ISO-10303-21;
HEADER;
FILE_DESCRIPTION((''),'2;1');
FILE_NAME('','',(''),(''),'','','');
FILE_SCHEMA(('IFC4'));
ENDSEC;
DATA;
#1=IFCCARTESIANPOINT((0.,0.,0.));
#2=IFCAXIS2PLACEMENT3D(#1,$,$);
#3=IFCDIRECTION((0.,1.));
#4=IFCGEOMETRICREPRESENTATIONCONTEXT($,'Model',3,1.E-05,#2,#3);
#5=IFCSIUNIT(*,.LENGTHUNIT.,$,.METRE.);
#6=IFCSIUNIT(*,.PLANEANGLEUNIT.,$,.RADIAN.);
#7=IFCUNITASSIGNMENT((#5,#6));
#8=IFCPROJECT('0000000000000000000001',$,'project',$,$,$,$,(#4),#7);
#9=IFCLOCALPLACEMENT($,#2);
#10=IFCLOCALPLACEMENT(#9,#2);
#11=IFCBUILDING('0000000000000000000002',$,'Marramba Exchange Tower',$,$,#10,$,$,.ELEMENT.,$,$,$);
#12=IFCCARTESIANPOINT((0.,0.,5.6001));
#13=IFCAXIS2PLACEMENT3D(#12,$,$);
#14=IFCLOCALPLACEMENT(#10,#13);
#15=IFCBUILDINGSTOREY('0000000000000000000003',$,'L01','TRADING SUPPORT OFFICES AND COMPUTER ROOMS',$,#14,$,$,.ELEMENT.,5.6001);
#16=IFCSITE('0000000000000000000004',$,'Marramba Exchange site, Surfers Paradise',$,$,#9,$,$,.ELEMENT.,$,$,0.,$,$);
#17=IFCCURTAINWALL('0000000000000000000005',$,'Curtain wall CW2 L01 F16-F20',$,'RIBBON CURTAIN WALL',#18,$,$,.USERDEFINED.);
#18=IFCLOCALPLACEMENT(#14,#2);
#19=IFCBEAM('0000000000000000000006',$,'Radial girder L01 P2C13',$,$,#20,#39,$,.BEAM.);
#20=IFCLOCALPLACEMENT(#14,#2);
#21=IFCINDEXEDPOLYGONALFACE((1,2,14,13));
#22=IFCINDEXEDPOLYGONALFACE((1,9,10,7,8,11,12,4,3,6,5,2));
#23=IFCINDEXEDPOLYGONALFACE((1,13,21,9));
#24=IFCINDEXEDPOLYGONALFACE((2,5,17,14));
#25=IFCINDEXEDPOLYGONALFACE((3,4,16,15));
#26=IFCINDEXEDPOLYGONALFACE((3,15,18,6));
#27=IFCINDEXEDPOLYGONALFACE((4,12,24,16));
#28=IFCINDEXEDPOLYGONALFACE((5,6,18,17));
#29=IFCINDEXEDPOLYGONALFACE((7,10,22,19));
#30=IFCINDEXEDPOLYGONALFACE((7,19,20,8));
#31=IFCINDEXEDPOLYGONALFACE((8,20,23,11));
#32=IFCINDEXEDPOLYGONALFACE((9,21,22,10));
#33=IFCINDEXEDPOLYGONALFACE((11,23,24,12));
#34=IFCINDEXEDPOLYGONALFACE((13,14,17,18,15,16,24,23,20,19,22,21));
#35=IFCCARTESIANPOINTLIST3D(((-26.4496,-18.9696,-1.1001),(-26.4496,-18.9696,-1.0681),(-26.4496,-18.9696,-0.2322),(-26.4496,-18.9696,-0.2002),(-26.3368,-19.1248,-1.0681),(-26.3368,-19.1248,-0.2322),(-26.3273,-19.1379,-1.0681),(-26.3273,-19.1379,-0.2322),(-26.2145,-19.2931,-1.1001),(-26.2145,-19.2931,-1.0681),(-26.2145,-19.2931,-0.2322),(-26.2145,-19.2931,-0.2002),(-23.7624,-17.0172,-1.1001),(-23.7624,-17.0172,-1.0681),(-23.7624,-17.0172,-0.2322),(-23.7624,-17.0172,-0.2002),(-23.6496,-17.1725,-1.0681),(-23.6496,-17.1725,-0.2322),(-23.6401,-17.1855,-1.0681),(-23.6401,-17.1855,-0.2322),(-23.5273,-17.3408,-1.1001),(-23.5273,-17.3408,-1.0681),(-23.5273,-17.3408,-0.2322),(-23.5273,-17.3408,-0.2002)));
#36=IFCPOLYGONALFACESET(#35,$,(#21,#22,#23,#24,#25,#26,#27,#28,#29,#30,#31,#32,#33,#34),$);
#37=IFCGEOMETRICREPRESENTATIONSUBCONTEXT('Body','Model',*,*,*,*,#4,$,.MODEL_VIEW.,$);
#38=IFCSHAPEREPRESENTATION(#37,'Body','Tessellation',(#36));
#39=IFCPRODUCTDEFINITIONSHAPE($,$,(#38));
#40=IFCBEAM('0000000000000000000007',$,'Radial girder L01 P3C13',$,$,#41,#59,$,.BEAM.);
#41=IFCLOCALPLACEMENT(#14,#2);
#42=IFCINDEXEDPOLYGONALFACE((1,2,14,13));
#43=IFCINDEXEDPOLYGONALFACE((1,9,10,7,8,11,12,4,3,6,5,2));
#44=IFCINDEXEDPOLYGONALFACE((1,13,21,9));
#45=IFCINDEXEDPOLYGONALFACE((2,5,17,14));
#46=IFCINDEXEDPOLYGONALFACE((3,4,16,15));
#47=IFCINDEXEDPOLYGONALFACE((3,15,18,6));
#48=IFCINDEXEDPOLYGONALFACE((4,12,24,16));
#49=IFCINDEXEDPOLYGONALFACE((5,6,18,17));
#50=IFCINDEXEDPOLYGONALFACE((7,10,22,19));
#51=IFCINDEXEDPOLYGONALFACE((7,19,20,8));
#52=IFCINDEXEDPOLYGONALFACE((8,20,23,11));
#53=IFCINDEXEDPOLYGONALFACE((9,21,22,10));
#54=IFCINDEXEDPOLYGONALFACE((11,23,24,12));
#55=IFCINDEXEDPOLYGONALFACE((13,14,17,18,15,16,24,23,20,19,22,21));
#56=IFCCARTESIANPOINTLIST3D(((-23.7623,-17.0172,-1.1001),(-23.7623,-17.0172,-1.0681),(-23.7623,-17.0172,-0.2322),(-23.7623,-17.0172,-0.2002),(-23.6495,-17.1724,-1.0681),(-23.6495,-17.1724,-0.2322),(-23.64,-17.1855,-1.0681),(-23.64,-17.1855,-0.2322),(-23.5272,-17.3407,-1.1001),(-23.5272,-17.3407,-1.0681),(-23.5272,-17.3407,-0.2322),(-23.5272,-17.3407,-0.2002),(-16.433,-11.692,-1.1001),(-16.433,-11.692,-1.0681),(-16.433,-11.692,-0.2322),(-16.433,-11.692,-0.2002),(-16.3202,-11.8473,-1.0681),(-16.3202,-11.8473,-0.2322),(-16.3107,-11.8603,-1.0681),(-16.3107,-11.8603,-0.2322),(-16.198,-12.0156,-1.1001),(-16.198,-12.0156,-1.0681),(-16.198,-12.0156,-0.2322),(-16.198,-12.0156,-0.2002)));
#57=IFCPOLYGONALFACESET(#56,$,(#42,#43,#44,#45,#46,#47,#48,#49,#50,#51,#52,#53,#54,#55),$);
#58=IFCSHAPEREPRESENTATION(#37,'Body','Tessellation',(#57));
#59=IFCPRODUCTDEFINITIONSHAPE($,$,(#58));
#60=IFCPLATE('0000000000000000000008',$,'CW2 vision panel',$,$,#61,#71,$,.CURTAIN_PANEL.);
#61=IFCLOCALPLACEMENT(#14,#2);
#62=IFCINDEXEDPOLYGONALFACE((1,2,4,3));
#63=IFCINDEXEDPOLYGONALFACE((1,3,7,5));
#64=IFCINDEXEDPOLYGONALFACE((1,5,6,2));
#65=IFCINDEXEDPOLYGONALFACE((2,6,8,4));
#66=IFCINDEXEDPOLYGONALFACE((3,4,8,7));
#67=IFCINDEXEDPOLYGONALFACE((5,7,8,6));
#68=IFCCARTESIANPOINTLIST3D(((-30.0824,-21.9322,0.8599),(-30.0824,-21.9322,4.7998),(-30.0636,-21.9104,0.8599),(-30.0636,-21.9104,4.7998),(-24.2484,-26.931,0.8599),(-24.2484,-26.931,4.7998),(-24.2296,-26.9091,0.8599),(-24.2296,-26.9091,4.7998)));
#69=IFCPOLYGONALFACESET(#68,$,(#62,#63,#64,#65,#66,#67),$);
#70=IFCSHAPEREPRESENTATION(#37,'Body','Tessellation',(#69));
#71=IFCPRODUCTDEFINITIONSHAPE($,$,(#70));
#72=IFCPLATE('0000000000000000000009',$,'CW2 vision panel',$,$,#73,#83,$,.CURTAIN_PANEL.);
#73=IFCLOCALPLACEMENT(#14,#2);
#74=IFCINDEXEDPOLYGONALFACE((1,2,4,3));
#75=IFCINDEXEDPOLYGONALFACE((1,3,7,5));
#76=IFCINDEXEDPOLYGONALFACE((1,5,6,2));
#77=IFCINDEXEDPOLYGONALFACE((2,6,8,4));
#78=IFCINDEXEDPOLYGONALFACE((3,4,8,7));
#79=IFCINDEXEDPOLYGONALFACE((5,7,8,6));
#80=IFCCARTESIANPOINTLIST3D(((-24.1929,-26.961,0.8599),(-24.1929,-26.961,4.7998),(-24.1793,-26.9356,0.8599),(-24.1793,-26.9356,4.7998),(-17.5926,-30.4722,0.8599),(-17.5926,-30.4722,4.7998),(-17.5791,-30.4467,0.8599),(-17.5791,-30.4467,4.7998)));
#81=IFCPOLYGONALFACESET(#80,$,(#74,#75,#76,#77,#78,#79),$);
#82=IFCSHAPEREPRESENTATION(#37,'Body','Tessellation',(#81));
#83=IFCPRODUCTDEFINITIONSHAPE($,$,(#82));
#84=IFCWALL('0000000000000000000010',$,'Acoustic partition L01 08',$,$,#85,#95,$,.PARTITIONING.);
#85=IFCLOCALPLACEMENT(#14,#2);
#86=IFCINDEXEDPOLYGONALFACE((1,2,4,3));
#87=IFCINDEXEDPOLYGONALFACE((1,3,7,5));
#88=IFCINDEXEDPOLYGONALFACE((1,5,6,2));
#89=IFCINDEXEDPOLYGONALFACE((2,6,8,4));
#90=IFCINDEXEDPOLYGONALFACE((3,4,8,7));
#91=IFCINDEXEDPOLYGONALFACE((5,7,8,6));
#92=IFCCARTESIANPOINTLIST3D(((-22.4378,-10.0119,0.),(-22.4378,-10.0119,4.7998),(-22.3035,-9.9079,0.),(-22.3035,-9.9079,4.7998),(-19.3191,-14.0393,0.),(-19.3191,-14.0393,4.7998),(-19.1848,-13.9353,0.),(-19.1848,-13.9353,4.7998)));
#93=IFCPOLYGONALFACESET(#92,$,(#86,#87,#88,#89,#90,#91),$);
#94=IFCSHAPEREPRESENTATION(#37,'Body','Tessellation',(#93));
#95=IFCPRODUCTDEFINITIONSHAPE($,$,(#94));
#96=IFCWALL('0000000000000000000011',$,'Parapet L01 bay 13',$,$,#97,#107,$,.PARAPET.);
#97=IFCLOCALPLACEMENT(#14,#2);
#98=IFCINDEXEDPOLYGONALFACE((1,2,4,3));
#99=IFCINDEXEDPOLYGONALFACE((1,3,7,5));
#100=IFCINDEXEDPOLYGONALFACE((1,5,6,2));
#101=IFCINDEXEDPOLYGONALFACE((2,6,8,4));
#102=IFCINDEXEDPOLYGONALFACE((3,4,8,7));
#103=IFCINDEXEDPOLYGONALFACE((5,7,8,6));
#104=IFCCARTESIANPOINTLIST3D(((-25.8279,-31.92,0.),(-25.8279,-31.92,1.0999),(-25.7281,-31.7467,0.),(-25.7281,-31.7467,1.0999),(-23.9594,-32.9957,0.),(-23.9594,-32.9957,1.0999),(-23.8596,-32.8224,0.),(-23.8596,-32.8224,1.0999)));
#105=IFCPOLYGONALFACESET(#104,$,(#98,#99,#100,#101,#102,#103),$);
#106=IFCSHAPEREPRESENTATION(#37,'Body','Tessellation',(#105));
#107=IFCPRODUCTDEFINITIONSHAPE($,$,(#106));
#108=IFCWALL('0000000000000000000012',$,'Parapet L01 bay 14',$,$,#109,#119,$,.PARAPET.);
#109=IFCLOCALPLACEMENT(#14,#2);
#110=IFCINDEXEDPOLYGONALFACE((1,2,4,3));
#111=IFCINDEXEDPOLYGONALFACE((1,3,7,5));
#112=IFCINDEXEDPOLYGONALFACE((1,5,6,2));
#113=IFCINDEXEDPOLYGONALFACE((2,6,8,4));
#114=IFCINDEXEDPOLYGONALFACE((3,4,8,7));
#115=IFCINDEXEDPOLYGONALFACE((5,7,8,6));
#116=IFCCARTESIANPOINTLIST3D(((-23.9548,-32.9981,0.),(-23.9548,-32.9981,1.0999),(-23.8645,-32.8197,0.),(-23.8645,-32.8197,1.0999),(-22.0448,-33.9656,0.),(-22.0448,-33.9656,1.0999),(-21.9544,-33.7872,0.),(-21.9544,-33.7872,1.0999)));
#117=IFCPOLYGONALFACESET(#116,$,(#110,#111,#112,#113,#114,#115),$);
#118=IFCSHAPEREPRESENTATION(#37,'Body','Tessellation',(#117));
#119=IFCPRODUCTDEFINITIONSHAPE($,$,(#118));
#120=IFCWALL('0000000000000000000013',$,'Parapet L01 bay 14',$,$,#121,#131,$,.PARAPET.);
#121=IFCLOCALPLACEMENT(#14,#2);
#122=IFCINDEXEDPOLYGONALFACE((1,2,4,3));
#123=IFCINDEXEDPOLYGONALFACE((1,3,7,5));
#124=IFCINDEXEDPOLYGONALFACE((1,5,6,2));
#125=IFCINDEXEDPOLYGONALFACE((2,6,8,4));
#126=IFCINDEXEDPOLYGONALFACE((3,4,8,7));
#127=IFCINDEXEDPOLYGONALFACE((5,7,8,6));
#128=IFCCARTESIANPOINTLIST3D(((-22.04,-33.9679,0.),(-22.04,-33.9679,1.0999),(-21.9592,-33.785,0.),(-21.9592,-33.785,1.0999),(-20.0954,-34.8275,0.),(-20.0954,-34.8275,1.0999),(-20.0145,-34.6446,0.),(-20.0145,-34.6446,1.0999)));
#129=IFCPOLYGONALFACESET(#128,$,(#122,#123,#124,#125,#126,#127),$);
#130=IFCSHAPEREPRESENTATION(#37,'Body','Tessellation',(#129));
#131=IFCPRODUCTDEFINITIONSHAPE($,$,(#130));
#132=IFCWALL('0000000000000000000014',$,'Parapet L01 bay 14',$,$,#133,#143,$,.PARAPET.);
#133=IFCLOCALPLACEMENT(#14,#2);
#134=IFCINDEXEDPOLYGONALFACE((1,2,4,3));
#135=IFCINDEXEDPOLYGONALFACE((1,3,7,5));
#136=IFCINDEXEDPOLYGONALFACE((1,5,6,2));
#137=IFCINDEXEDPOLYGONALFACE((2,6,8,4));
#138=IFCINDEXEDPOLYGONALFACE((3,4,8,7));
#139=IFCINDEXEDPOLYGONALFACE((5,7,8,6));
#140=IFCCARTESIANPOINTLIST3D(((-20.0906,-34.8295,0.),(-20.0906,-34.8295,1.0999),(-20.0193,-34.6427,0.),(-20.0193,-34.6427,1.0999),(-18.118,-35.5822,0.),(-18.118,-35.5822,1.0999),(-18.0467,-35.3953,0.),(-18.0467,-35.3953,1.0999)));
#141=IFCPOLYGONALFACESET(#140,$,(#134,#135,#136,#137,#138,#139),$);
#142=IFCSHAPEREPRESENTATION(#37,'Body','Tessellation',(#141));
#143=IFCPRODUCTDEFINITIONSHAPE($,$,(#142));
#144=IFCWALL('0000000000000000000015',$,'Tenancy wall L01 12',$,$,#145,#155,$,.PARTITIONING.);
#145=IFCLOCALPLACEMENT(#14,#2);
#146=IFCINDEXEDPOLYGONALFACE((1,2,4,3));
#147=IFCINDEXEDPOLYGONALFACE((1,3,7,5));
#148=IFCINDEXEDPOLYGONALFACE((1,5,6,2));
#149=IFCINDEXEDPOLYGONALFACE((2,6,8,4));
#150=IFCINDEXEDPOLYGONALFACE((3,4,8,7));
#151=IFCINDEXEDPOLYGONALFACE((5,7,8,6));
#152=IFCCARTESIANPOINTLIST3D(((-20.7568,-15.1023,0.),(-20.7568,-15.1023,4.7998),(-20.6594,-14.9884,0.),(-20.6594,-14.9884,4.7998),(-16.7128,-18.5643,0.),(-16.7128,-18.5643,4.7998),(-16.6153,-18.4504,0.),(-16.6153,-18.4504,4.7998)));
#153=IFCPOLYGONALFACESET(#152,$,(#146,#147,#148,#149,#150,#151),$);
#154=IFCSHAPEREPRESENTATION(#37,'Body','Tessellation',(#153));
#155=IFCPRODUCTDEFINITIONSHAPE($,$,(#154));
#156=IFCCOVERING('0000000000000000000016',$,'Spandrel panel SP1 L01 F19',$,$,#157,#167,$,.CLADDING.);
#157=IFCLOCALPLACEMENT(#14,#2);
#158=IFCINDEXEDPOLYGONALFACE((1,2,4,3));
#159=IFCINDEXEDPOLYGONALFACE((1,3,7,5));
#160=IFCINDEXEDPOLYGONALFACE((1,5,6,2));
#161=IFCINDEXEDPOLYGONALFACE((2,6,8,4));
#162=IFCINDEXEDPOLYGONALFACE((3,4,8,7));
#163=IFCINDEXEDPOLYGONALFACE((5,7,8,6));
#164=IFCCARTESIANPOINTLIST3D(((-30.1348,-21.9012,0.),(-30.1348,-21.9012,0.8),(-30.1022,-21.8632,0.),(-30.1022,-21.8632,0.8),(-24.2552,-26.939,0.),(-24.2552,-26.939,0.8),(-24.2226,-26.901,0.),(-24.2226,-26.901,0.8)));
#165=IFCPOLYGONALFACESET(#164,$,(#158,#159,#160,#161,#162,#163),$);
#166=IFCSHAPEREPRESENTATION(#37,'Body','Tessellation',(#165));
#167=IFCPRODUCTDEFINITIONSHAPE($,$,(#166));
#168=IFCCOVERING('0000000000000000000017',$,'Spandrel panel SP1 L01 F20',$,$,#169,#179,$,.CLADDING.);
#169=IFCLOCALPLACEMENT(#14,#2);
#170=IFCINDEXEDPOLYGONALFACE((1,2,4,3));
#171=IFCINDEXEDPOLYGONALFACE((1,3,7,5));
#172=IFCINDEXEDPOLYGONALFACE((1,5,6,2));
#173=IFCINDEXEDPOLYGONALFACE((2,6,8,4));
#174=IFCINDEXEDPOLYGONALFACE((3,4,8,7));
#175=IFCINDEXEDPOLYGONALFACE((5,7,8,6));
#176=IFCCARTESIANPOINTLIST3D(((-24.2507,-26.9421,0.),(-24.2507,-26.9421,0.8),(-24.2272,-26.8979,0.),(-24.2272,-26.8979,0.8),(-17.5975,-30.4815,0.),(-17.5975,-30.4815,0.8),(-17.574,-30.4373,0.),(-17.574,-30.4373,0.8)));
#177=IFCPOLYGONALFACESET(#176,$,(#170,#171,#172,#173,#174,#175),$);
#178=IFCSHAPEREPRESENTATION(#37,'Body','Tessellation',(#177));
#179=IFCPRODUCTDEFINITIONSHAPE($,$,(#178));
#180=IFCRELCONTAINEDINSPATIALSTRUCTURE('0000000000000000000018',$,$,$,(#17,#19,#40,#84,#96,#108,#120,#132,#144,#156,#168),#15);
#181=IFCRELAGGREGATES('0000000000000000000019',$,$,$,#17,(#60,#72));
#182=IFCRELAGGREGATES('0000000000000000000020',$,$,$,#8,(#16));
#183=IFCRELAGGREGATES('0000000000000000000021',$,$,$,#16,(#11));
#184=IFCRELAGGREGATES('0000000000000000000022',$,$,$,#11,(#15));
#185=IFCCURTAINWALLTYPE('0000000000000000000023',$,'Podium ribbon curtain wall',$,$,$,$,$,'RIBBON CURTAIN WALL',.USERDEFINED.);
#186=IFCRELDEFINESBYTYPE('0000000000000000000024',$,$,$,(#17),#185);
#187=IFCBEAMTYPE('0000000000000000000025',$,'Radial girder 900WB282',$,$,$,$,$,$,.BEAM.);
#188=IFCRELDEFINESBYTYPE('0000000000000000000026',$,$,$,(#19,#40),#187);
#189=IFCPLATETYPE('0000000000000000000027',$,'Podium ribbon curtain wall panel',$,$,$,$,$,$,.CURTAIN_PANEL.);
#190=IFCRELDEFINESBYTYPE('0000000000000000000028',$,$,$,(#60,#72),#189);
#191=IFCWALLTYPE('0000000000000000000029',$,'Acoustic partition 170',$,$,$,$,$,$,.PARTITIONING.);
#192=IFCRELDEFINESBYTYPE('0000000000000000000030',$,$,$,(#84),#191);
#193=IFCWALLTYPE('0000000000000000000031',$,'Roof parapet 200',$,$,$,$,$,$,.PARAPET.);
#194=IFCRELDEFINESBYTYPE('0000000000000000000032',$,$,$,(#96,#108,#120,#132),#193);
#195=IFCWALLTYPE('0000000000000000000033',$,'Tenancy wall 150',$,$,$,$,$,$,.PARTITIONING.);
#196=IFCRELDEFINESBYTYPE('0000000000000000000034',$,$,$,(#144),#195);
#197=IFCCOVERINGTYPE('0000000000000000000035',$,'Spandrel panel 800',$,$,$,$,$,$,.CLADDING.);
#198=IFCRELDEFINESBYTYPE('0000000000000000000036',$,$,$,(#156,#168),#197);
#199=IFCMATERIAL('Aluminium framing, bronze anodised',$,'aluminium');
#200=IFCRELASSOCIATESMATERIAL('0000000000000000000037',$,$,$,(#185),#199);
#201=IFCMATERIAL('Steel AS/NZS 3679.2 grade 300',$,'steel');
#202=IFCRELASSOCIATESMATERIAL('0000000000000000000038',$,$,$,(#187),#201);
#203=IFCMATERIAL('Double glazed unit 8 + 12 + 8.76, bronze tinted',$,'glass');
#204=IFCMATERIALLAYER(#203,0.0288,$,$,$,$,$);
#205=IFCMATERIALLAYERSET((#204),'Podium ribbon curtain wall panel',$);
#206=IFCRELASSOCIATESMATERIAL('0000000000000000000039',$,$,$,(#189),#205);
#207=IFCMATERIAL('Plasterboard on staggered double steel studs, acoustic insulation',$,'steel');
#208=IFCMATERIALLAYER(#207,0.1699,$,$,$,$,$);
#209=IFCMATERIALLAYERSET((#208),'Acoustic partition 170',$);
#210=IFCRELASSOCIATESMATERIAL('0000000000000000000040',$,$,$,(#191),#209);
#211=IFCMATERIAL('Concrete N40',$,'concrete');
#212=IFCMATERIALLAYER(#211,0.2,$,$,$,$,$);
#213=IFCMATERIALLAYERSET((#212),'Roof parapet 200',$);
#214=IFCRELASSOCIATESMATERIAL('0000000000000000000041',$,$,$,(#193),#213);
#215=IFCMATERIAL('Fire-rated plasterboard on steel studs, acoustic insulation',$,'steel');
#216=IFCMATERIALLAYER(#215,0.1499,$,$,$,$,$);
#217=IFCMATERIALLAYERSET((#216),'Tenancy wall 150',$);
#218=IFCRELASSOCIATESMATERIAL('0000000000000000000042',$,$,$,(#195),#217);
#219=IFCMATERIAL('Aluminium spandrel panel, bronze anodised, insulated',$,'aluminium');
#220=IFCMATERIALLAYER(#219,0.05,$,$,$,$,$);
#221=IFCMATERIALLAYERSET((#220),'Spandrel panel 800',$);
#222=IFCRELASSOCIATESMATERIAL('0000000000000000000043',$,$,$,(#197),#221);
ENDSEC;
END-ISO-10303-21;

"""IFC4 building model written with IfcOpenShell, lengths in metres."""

from ifc_helpers import new_model, si_unit, direction, frame, frame_2d, origin, origin_2d, place, context, subcontext, project, spatial, rectangle, i_section, extrude, material, layer, layer_set, material_profile, profile_set, type_object, element, aggregate, save


model = new_model("IFC4")

# Units and contexts
model_context = context("Model", 3, precision=1e-05, world=origin(), true_north=direction((0.0, 1.0)))
body_context = subcontext(model_context, "Body", "Model", "MODEL_VIEW")
ifc_project = project(units=[si_unit("LENGTHUNIT", "METRE"), si_unit("PLANEANGLEUNIT", "RADIAN")], contexts=[model_context])

# Site, building, storey
site_placement = place(None, origin())
site = spatial("IfcSite", under=ifc_project, at=site_placement, Name="Marramba Exchange site, Surfers Paradise", CompositionType="ELEMENT", RefElevation=0.0)
building_placement = place(site_placement, origin())
building = spatial("IfcBuilding", under=site, at=building_placement, Name="Marramba Exchange Tower", CompositionType="ELEMENT")
storey_placement = place(building_placement, frame((0.0, 0.0, 5.6001)))
storey = spatial("IfcBuildingStorey", under=building, at=storey_placement, Name="L01", Description="TRADING SUPPORT OFFICES AND COMPUTER ROOMS", CompositionType="ELEMENT", Elevation=5.6001)

# Curtain wall
ifc_material_1 = material(Name="Aluminium framing, bronze anodised", Category="aluminium")
curtain_wall_type = type_object("IfcCurtainWallType", Name="Podium ribbon curtain wall", ElementType="RIBBON CURTAIN WALL", PredefinedType="USERDEFINED", material=ifc_material_1)
curtain_wall_placement = place(storey_placement, origin())
curtain_wall = element("IfcCurtainWall", 1, at=curtain_wall_placement, inside=storey, type_object=curtain_wall_type, Name="Curtain wall CW2 L01 F16-F20", ObjectType="RIBBON CURTAIN WALL", PredefinedType="USERDEFINED")

# Beams
ifc_material_2 = material(Name="Steel AS/NZS 3679.2 grade 300", Category="steel")
ifc_material_profile_1 = material_profile(ifc_material_2, i_section(OverallWidth=0.3999, OverallDepth=0.8999, WebThickness=0.0161, FlangeThickness=0.032, at=origin_2d()), Name="900WB282")
ifc_profile_set_1 = profile_set([ifc_material_profile_1], Name="Steel AS/NZS 3679.2 grade 300")
beam_type_1 = type_object("IfcBeamType", Name="Radial girder 900WB282", PredefinedType="BEAM", material=ifc_profile_set_1)
beam_1_placement = place(storey_placement, frame((-26.332, -19.1313, -0.6501), z_axis=(0.809019, 0.587783, 0.0), x_axis=(-0.587783, 0.809019, 0.0)))
element("IfcBeam", 2, at=beam_1_placement, inside=storey, type_object=beam_type_1, Name="Radial girder L01 P2C13", PredefinedType="BEAM", context=body_context, shape_type="SweptSolid", body=[
    extrude(i_section(OverallWidth=0.3999, OverallDepth=0.8999, WebThickness=0.0161, FlangeThickness=0.032, at=origin_2d()), origin(), (0.0, 0.0, 1.0), 3.3215),
])
beam_2_placement = place(storey_placement, frame((-23.6448, -17.179, -0.6501), z_axis=(0.809011, 0.587793, 0.0), x_axis=(-0.587793, 0.809011, 0.0)))
element("IfcBeam", 3, at=beam_2_placement, inside=storey, type_object=beam_type_1, Name="Radial girder L01 P3C13", PredefinedType="BEAM", context=body_context, shape_type="SweptSolid", body=[
    extrude(i_section(OverallWidth=0.3999, OverallDepth=0.8999, WebThickness=0.0161, FlangeThickness=0.032, at=origin_2d()), origin(), (0.0, 0.0, 1.0), 9.0596),
])

# Plates
ifc_material_3 = material(Name="Double glazed unit 8 + 12 + 8.76, bronze tinted", Category="glass")
ifc_layer_1 = layer(ifc_material_3, 0.0288)
ifc_layer_set_1 = layer_set([ifc_layer_1], Name="Podium ribbon curtain wall panel")
plate_type = type_object("IfcPlateType", Name="Podium ribbon curtain wall panel", PredefinedType="CURTAIN_PANEL", material=ifc_layer_set_1)
plate_1_placement = place(storey_placement, frame((-27.156, -24.4207, 0.8599), z_axis=(0.0, 0.0, 1.0), x_axis=(0.759374, -0.650655, 0.0)))
plate_1 = element("IfcPlate", 4, at=plate_1_placement, type_object=plate_type, Name="CW2 vision panel", PredefinedType="CURTAIN_PANEL", context=body_context, shape_type="SweptSolid", body=[
    extrude(rectangle(XDim=7.6826, YDim=0.0288, at=origin_2d()), origin(), (0.0, 0.0, 1.0), 3.9399),
])
plate_2_placement = place(storey_placement, frame((-20.886, -28.7039, 0.8599), z_axis=(0.0, 0.0, 1.0), x_axis=(0.882851, -0.469654, 0.0)))
plate_2 = element("IfcPlate", 5, at=plate_2_placement, type_object=plate_type, Name="CW2 vision panel", PredefinedType="CURTAIN_PANEL", context=body_context, shape_type="SweptSolid", body=[
    extrude(rectangle(XDim=7.4761, YDim=0.0288, at=origin_2d()), origin(), (0.0, 0.0, 1.0), 3.9399),
])
aggregate(curtain_wall, [plate_1, plate_2])

# Walls
ifc_material_4 = material(Name="Plasterboard on staggered double steel studs, acoustic insulation", Category="steel")
ifc_layer_2 = layer(ifc_material_4, 0.1699)
ifc_layer_set_2 = layer_set([ifc_layer_2], Name="Acoustic partition 170")
wall_type_1 = type_object("IfcWallType", Name="Acoustic partition 170", PredefinedType="PARTITIONING", material=ifc_layer_set_2)
wall_1_placement = place(storey_placement, frame((-19.252, -13.9873, 0.0), z_axis=(0.0, 0.0, 1.0), x_axis=(-0.61226, 0.790656, 0.0)))
element("IfcWall", 6, at=wall_1_placement, inside=storey, type_object=wall_type_1, Name="Acoustic partition L01 08", PredefinedType="PARTITIONING", context=body_context, shape_type="SweptSolid", body=[
    extrude(rectangle(XDim=5.0938, YDim=0.1699, at=frame_2d((2.5469, 0.0))), origin(), (0.0, 0.0, 1.0), 4.7998),
])
ifc_material_5 = material(Name="Concrete N40", Category="concrete")
ifc_layer_3 = layer(ifc_material_5, 0.2)
ifc_layer_set_3 = layer_set([ifc_layer_3], Name="Roof parapet 200")
wall_type_2 = type_object("IfcWallType", Name="Roof parapet 200", PredefinedType="PARAPET", material=ifc_layer_set_3)
wall_2_placement = place(storey_placement, frame((-25.7781, -31.8333, 0.0), z_axis=(0.0, 0.0, 1.0), x_axis=(0.866636, -0.498941, 0.0)))
element("IfcWall", 7, at=wall_2_placement, inside=storey, type_object=wall_type_2, Name="Parapet L01 bay 13", PredefinedType="PARAPET", context=body_context, shape_type="SweptSolid", body=[
    extrude(rectangle(XDim=2.156, YDim=0.2, at=frame_2d((1.0781, 0.0))), origin(), (0.0, 0.0, 1.0), 1.0999),
])
wall_3_placement = place(storey_placement, frame((-23.9097, -32.9089, 0.0), z_axis=(0.0, 0.0, 1.0), x_axis=(0.892089, -0.45186, 0.0)))
element("IfcWall", 8, at=wall_3_placement, inside=storey, type_object=wall_type_2, Name="Parapet L01 bay 14", PredefinedType="PARAPET", context=body_context, shape_type="SweptSolid", body=[
    extrude(rectangle(XDim=2.1411, YDim=0.2, at=frame_2d((1.0706, 0.0))), origin(), (0.0, 0.0, 1.0), 1.0999),
])
wall_4_placement = place(storey_placement, frame((-21.9995, -33.8765, 0.0), z_axis=(0.0, 0.0, 1.0), x_axis=(0.914619, -0.404316, 0.0)))
element("IfcWall", 9, at=wall_4_placement, inside=storey, type_object=wall_type_2, Name="Parapet L01 bay 14", PredefinedType="PARAPET", context=body_context, shape_type="SweptSolid", body=[
    extrude(rectangle(XDim=2.1262, YDim=0.2, at=frame_2d((1.063, 0.0))), origin(), (0.0, 0.0, 1.0), 1.0999),
])
wall_5_placement = place(storey_placement, frame((-20.0549, -34.7361, 0.0), z_axis=(0.0, 0.0, 1.0), x_axis=(0.934299, -0.356491, 0.0)))
element("IfcWall", 10, at=wall_5_placement, inside=storey, type_object=wall_type_2, Name="Parapet L01 bay 14", PredefinedType="PARAPET", context=body_context, shape_type="SweptSolid", body=[
    extrude(rectangle(XDim=2.1113, YDim=0.2, at=frame_2d((1.0557, 0.0))), origin(), (0.0, 0.0, 1.0), 1.0999),
])
ifc_material_6 = material(Name="Fire-rated plasterboard on steel studs, acoustic insulation", Category="steel")
ifc_layer_4 = layer(ifc_material_6, 0.1499)
ifc_layer_set_4 = layer_set([ifc_layer_4], Name="Tenancy wall 150")
wall_type_3 = type_object("IfcWallType", Name="Tenancy wall 150", PredefinedType="PARTITIONING", material=ifc_layer_set_4)
wall_6_placement = place(storey_placement, frame((-20.708, -15.0454, 0.0), z_axis=(0.0, 0.0, 1.0), x_axis=(0.759658, -0.650323, 0.0)))
element("IfcWall", 11, at=wall_6_placement, inside=storey, type_object=wall_type_3, Name="Tenancy wall L01 12", PredefinedType="PARTITIONING", context=body_context, shape_type="SweptSolid", body=[
    extrude(rectangle(XDim=5.3235, YDim=0.1499, at=frame_2d((2.6616, 0.0))), origin(), (0.0, 0.0, 1.0), 4.7998),
])

# Coverings
ifc_material_7 = material(Name="Aluminium spandrel panel, bronze anodised, insulated", Category="aluminium")
ifc_layer_5 = layer(ifc_material_7, 0.05)
ifc_layer_set_5 = layer_set([ifc_layer_5], Name="Spandrel panel 800")
covering_type = type_object("IfcCoveringType", Name="Spandrel panel 800", PredefinedType="CLADDING", material=ifc_layer_set_5)
covering_1_placement = place(storey_placement, frame((-27.1787, -24.4011, 0.0), z_axis=(0.0, 0.0, 1.0), x_axis=(0.759374, -0.650655, 0.0)))
element("IfcCovering", 12, at=covering_1_placement, inside=storey, type_object=covering_type, Name="Spandrel panel SP1 L01 F19", PredefinedType="CLADDING", context=body_context, shape_type="SweptSolid", body=[
    extrude(rectangle(XDim=7.7427, YDim=0.05, at=origin_2d()), origin(), (0.0, 0.0, 1.0), 0.8),
])
covering_2_placement = place(storey_placement, frame((-20.9124, -28.6897, 0.0), z_axis=(0.0, 0.0, 1.0), x_axis=(0.882851, -0.469654, 0.0)))
element("IfcCovering", 13, at=covering_2_placement, inside=storey, type_object=covering_type, Name="Spandrel panel SP1 L01 F20", PredefinedType="CLADDING", context=body_context, shape_type="SweptSolid", body=[
    extrude(rectangle(XDim=7.5361, YDim=0.05, at=origin_2d()), origin(), (0.0, 0.0, 1.0), 0.8),
])

save(model, "model.ifc")
